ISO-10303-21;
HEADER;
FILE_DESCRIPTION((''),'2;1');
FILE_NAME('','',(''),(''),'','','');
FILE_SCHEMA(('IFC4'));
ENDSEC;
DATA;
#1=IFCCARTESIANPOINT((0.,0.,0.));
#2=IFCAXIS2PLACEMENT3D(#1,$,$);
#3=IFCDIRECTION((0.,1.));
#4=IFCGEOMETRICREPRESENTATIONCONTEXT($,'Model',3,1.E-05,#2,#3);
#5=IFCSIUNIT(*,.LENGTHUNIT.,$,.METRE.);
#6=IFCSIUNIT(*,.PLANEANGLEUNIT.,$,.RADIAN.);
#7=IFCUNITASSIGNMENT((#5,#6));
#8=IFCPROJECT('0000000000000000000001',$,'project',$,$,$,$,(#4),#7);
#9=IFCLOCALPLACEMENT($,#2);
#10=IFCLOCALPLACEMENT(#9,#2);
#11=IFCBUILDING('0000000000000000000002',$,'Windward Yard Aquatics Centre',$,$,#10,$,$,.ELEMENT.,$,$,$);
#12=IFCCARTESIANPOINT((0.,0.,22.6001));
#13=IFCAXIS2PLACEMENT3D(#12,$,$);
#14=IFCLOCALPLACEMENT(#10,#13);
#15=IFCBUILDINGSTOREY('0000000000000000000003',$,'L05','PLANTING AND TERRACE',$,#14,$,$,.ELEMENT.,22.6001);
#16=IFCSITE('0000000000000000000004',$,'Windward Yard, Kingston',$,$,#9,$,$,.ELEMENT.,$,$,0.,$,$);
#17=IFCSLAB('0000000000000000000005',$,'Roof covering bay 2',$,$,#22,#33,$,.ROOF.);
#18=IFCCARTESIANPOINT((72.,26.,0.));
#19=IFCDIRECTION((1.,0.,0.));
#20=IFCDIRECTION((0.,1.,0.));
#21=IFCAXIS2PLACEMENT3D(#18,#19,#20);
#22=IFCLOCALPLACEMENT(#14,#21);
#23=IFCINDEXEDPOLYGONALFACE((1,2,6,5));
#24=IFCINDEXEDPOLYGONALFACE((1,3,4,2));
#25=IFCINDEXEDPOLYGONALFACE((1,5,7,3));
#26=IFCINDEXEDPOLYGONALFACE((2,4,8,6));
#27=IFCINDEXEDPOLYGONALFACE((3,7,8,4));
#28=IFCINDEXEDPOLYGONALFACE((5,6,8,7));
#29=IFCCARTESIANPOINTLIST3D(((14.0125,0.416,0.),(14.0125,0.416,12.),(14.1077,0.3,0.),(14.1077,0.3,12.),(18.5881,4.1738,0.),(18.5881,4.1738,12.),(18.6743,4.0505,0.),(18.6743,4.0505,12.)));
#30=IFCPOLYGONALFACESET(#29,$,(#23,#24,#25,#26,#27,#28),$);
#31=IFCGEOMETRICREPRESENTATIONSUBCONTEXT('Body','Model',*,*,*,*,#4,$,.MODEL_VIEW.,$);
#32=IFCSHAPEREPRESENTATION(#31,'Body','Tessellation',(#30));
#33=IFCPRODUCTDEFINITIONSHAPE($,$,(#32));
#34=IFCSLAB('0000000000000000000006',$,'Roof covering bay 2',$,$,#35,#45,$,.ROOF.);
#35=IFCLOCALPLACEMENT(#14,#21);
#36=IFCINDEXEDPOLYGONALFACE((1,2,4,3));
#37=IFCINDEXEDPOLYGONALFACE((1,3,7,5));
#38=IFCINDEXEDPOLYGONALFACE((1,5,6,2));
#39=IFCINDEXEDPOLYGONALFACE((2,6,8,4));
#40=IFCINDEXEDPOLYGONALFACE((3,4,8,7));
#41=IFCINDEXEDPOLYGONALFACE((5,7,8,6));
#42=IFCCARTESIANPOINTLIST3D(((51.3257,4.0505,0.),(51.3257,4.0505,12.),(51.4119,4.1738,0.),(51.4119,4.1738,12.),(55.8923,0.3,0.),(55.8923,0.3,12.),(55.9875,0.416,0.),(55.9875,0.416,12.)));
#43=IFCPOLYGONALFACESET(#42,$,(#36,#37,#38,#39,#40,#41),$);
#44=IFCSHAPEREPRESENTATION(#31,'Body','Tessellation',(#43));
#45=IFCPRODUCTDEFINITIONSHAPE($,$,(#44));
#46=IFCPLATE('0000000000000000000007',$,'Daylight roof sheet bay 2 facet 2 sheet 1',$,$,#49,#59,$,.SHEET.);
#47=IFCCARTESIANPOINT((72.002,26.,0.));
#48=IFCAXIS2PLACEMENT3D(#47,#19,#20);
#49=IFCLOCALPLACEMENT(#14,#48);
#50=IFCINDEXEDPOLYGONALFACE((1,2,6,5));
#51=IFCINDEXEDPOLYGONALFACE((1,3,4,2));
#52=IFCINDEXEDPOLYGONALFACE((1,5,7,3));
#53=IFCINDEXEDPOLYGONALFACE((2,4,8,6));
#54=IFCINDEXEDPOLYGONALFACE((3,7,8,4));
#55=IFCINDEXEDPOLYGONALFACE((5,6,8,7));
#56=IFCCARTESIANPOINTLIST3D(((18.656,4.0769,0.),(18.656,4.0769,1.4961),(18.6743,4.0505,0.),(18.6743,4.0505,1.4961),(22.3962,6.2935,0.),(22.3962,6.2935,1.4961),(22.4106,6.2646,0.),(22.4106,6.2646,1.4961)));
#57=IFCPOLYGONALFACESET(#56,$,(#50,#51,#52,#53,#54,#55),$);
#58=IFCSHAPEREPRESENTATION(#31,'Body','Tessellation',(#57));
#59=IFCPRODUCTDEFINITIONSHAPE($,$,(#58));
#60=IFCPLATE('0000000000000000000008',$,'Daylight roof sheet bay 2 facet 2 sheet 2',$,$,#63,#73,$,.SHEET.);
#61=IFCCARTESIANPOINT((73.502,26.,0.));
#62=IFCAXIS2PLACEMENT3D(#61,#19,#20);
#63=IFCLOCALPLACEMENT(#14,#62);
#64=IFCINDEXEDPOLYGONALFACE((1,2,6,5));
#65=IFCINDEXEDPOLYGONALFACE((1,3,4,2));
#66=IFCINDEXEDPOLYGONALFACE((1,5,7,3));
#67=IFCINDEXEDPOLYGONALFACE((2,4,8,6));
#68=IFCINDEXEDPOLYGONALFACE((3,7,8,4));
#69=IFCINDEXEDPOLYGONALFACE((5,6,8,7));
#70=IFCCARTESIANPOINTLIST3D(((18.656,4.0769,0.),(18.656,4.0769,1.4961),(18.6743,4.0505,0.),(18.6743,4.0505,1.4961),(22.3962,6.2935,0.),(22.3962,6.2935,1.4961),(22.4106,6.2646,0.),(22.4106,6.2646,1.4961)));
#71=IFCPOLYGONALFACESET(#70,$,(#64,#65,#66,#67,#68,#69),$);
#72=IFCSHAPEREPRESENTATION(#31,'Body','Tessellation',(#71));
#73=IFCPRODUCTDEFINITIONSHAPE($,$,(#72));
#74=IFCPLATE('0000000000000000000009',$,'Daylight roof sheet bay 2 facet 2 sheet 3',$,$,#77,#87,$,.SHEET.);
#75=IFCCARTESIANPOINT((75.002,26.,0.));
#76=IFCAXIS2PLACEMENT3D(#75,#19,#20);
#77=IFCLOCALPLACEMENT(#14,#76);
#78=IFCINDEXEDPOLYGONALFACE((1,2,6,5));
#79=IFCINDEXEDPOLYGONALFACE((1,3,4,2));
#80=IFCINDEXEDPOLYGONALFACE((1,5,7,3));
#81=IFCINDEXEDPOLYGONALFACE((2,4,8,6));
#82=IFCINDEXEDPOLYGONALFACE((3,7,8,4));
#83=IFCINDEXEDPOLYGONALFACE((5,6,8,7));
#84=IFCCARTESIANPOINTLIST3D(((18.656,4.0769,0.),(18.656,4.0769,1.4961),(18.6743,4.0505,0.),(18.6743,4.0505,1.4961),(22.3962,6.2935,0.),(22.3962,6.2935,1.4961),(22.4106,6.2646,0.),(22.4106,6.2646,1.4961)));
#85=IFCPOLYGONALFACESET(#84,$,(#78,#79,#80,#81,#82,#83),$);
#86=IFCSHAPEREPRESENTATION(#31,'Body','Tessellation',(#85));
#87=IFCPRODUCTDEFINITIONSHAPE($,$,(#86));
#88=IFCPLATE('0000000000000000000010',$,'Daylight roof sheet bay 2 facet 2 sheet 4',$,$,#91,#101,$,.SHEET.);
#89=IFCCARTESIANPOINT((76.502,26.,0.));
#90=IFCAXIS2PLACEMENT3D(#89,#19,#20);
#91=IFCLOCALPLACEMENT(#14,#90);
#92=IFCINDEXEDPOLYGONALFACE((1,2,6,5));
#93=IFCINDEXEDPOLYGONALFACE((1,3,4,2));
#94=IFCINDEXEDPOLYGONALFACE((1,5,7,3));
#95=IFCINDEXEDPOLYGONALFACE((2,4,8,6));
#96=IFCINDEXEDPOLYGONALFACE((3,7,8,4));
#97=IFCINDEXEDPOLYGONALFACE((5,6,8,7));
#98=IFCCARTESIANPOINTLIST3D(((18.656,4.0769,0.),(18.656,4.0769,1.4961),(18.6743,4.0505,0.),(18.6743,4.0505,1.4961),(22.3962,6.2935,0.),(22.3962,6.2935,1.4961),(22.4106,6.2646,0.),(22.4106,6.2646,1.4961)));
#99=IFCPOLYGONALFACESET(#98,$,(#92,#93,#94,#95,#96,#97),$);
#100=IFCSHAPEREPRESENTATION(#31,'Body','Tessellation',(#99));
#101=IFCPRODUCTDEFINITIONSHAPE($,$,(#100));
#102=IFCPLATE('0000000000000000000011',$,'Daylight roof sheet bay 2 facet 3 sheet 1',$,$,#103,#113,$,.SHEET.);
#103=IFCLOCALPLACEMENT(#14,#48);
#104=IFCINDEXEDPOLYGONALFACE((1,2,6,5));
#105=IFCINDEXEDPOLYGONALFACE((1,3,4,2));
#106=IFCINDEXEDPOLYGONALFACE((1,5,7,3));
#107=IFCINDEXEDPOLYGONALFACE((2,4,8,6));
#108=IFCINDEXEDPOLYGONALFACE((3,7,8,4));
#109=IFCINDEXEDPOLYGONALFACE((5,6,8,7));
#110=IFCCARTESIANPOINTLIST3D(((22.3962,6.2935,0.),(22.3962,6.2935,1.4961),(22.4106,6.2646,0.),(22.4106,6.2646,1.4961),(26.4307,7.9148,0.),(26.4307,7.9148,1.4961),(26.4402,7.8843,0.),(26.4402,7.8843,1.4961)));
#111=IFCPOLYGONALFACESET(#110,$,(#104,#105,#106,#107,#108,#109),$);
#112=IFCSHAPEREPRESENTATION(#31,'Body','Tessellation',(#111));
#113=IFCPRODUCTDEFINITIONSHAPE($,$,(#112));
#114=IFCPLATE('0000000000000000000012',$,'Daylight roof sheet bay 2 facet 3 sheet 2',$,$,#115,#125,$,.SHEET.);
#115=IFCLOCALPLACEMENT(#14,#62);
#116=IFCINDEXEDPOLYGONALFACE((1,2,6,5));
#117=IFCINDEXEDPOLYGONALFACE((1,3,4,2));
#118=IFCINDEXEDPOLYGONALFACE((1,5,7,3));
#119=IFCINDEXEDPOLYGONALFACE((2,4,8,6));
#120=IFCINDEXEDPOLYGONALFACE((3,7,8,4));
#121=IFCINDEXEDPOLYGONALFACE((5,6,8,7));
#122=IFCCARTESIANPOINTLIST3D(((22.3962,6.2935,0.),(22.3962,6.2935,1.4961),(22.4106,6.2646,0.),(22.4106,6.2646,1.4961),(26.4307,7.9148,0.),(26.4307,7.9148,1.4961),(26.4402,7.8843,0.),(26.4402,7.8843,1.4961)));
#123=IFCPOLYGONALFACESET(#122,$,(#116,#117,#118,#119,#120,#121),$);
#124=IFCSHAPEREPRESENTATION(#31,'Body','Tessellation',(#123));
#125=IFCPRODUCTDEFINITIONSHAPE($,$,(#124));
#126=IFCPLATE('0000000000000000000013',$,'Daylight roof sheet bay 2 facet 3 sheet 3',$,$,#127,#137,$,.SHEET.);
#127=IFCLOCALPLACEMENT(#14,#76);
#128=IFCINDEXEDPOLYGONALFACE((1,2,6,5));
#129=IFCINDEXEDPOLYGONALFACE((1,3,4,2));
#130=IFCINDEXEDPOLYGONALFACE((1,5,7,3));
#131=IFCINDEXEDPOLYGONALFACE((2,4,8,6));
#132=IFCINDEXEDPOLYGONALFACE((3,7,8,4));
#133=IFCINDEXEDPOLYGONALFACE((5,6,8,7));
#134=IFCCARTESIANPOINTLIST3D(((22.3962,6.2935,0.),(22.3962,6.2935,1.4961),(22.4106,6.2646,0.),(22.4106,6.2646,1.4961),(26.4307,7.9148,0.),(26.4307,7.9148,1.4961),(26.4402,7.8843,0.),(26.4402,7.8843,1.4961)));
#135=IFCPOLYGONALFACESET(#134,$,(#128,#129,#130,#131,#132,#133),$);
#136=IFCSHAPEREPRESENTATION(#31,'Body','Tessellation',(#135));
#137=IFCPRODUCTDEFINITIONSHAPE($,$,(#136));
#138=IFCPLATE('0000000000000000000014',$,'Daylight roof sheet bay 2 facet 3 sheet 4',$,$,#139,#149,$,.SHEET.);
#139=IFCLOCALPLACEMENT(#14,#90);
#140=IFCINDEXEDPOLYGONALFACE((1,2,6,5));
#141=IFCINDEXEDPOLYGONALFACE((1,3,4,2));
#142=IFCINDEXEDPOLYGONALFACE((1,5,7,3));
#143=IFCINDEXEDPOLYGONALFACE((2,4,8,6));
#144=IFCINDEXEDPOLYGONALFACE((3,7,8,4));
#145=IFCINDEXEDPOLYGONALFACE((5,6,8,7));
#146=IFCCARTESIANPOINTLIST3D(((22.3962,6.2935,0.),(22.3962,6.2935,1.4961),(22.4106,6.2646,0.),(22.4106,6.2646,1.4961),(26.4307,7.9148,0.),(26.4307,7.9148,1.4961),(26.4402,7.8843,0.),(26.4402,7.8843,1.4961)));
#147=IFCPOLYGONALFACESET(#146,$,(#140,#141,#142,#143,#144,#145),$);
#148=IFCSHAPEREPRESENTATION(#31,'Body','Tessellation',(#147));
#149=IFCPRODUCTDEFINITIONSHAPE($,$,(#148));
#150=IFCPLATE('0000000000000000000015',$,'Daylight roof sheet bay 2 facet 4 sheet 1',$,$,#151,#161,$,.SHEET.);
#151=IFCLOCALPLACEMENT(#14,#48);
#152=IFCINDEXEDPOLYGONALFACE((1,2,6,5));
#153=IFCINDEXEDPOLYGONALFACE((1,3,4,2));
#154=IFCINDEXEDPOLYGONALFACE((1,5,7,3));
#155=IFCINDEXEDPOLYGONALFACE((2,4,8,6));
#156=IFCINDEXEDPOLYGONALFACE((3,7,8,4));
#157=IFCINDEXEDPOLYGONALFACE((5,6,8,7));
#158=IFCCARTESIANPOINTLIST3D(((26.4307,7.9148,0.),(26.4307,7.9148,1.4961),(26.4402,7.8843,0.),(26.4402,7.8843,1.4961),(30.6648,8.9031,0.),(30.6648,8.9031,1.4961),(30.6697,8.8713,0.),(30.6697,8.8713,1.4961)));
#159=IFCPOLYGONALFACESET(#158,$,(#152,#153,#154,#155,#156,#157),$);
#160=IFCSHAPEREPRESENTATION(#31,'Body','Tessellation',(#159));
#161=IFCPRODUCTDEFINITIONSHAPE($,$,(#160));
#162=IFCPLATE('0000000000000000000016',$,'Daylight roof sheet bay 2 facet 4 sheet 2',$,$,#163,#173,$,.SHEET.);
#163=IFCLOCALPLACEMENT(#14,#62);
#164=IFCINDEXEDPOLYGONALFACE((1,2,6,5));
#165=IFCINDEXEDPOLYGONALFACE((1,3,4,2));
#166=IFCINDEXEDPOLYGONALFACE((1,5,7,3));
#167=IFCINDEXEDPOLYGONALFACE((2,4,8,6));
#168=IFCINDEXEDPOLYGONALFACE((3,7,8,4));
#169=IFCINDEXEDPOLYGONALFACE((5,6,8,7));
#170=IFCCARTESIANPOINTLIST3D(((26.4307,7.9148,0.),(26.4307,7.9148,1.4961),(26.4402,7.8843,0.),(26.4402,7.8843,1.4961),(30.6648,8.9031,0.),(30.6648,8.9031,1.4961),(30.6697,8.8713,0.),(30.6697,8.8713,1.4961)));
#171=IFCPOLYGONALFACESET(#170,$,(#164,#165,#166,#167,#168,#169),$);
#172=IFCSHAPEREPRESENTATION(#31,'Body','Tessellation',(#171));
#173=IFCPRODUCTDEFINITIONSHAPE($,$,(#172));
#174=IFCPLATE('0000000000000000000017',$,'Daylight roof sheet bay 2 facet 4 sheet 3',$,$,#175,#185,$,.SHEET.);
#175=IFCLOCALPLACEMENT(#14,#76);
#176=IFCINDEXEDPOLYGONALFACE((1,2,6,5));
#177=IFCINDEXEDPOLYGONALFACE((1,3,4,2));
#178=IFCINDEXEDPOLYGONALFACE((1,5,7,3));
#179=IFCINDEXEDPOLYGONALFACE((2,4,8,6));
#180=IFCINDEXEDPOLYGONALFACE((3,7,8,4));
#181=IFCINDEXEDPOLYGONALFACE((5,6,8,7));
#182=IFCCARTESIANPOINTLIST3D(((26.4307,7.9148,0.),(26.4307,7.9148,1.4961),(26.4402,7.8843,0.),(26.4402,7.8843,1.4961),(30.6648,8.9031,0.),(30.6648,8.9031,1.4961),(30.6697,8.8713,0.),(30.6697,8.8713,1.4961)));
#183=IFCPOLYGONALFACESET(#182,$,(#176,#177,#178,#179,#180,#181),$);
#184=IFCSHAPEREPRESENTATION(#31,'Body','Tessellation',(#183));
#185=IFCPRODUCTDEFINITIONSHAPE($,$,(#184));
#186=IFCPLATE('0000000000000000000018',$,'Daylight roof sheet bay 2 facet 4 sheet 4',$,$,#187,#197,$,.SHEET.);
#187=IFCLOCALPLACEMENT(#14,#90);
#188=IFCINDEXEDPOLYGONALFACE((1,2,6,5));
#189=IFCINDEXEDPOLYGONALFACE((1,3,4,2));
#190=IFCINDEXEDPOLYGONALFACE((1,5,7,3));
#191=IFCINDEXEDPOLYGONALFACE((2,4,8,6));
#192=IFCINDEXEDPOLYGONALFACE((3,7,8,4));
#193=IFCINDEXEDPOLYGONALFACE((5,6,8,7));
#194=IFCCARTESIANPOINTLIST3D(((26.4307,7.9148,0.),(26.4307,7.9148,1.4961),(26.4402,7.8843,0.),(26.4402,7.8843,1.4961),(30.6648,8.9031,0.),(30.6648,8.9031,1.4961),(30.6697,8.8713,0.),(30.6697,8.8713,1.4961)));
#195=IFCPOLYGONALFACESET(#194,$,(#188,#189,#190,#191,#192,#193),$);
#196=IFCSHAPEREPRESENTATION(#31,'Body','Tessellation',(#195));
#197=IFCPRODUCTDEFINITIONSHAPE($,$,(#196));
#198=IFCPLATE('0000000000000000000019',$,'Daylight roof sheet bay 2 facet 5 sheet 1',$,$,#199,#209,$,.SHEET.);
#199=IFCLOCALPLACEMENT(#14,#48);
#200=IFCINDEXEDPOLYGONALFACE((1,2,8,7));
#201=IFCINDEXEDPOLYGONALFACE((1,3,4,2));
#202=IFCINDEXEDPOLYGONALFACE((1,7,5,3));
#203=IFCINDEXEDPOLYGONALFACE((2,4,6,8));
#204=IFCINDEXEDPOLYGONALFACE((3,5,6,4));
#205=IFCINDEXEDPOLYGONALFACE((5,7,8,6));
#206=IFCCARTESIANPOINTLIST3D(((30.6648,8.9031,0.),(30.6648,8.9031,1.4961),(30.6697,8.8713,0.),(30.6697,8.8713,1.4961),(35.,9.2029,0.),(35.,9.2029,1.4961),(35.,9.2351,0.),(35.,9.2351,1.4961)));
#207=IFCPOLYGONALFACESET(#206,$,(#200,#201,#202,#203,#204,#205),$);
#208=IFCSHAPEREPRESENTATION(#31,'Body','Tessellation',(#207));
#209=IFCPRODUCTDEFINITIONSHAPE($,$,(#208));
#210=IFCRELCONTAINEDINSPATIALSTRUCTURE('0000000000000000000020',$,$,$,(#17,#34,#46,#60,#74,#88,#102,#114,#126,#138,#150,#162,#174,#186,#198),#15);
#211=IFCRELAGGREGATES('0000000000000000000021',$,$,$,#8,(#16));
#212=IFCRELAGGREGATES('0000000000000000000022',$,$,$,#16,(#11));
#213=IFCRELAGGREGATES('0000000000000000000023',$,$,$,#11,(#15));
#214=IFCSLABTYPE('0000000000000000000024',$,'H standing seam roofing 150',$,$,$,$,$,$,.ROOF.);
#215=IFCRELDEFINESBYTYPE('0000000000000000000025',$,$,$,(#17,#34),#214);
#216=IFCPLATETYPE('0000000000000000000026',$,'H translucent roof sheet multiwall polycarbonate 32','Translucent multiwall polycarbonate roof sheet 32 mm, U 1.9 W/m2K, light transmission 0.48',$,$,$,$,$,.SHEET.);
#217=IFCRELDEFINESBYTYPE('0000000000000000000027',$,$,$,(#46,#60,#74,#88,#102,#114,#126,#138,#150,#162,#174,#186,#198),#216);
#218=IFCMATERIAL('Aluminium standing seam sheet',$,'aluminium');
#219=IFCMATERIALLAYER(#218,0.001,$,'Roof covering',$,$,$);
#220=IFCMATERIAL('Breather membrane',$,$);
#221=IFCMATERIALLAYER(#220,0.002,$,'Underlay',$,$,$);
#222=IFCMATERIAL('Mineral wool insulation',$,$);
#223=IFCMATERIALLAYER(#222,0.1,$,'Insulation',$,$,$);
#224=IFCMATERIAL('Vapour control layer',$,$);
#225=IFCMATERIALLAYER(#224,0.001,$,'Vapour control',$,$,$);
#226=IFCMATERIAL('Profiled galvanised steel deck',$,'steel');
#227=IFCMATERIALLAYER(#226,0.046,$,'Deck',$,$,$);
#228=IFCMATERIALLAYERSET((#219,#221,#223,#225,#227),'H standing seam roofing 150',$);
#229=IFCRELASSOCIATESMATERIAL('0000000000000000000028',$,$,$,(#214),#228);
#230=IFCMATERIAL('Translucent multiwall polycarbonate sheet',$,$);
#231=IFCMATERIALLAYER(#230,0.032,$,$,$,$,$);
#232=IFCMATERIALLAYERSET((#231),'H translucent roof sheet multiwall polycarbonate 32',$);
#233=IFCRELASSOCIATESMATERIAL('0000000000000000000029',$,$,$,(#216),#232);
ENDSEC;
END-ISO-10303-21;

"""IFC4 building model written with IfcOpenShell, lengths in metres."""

from ifc_helpers import new_model, si_unit, direction, frame, origin, place, context, subcontext, project, spatial, polyline, outline, extrude, material, layer, layer_set, type_object, element, save


model = new_model("IFC4")

# Units and contexts
model_context = context("Model", 3, precision=1e-05, world=origin(), true_north=direction((0.0, 1.0)))
body_context = subcontext(model_context, "Body", "Model", "MODEL_VIEW")
ifc_project = project(units=[si_unit("LENGTHUNIT", "METRE"), si_unit("PLANEANGLEUNIT", "RADIAN")], contexts=[model_context])

# Site, building, storey
site_placement = place(None, origin())
site = spatial("IfcSite", under=ifc_project, at=site_placement, Name="Windward Yard, Kingston", CompositionType="ELEMENT", RefElevation=0.0)
building_placement = place(site_placement, origin())
building = spatial("IfcBuilding", under=site, at=building_placement, Name="Windward Yard Aquatics Centre", CompositionType="ELEMENT")
storey_placement = place(building_placement, frame((0.0, 0.0, 22.6001)))
storey = spatial("IfcBuildingStorey", under=building, at=storey_placement, Name="L05", Description="PLANTING AND TERRACE", CompositionType="ELEMENT", Elevation=22.6001)

# Slabs
ifc_material_1 = material(Name="Aluminium standing seam sheet", Category="aluminium")
ifc_layer_1 = layer(ifc_material_1, 0.001, Name="Roof covering")
ifc_material_2 = material(Name="Breather membrane")
ifc_layer_2 = layer(ifc_material_2, 0.002, Name="Underlay")
ifc_material_3 = material(Name="Mineral wool insulation")
ifc_layer_3 = layer(ifc_material_3, 0.1, Name="Insulation")
ifc_material_4 = material(Name="Vapour control layer")
ifc_layer_4 = layer(ifc_material_4, 0.001, Name="Vapour control")
ifc_material_5 = material(Name="Profiled galvanised steel deck", Category="steel")
ifc_layer_5 = layer(ifc_material_5, 0.046, Name="Deck")
ifc_layer_set_1 = layer_set([ifc_layer_1, ifc_layer_2, ifc_layer_3, ifc_layer_4, ifc_layer_5], Name="H standing seam roofing 150")
slab_type = type_object("IfcSlabType", Name="H standing seam roofing 150", PredefinedType="ROOF", material=ifc_layer_set_1)
slab_1_placement = place(storey_placement, frame((72.0, 26.0, 0.0), z_axis=(1.0, 0.0, 0.0), x_axis=(0.0, 1.0, 0.0)))
element("IfcSlab", 1, at=slab_1_placement, inside=storey, type_object=slab_type, Name="Roof covering bay 2", PredefinedType="ROOF", context=body_context, shape_type="SweptSolid", body=[
    extrude(outline(polyline([(14.1077, 0.3), (18.6743, 4.0505), (18.5881, 4.1738), (14.0125, 0.416), (14.1077, 0.3)])), origin(), (0.0, 0.0, 1.0), 12.0),
])
slab_2_placement = place(storey_placement, frame((72.0, 26.0, 0.0), z_axis=(1.0, 0.0, 0.0), x_axis=(0.0, 1.0, 0.0)))
element("IfcSlab", 2, at=slab_2_placement, inside=storey, type_object=slab_type, Name="Roof covering bay 2", PredefinedType="ROOF", context=body_context, shape_type="SweptSolid", body=[
    extrude(outline(polyline([(51.3257, 4.0505), (55.8923, 0.3), (55.9875, 0.416), (51.4119, 4.1738), (51.3257, 4.0505)])), origin(), (0.0, 0.0, 1.0), 12.0),
])

# Plates
ifc_material_6 = material(Name="Translucent multiwall polycarbonate sheet")
ifc_layer_6 = layer(ifc_material_6, 0.032)
ifc_layer_set_2 = layer_set([ifc_layer_6], Name="H translucent roof sheet multiwall polycarbonate 32")
plate_type = type_object("IfcPlateType", Name="H translucent roof sheet multiwall polycarbonate 32", Description="Translucent multiwall polycarbonate roof sheet 32 mm, U 1.9 W/m2K, light transmission 0.48", PredefinedType="SHEET", material=ifc_layer_set_2)
for number, where, z_axis, x_axis, name in (
    (3, (72.002, 26.0, 0.0), (1.0, 0.0, 0.0), (0.0, 1.0, 0.0), "Daylight roof sheet bay 2 facet 2 sheet 1"),
    (4, (73.502, 26.0, 0.0), (1.0, 0.0, 0.0), (0.0, 1.0, 0.0), "Daylight roof sheet bay 2 facet 2 sheet 2"),
    (5, (75.002, 26.0, 0.0), (1.0, 0.0, 0.0), (0.0, 1.0, 0.0), "Daylight roof sheet bay 2 facet 2 sheet 3"),
    (6, (76.502, 26.0, 0.0), (1.0, 0.0, 0.0), (0.0, 1.0, 0.0), "Daylight roof sheet bay 2 facet 2 sheet 4"),
):
    element("IfcPlate", number, at=place(storey_placement, frame(where, z_axis=z_axis, x_axis=x_axis)), inside=storey, type_object=plate_type, Name=name, PredefinedType="SHEET", context=body_context, shape_type="SweptSolid", body=[
        extrude(outline(polyline([(18.6743, 4.0505), (22.4106, 6.2646), (22.3962, 6.2935), (18.656, 4.0769), (18.6743, 4.0505)])), origin(), (0.0, 0.0, 1.0), 1.4961),
    ])
for number, where, z_axis, x_axis, name in (
    (7, (72.002, 26.0, 0.0), (1.0, 0.0, 0.0), (0.0, 1.0, 0.0), "Daylight roof sheet bay 2 facet 3 sheet 1"),
    (8, (73.502, 26.0, 0.0), (1.0, 0.0, 0.0), (0.0, 1.0, 0.0), "Daylight roof sheet bay 2 facet 3 sheet 2"),
    (9, (75.002, 26.0, 0.0), (1.0, 0.0, 0.0), (0.0, 1.0, 0.0), "Daylight roof sheet bay 2 facet 3 sheet 3"),
    (10, (76.502, 26.0, 0.0), (1.0, 0.0, 0.0), (0.0, 1.0, 0.0), "Daylight roof sheet bay 2 facet 3 sheet 4"),
):
    element("IfcPlate", number, at=place(storey_placement, frame(where, z_axis=z_axis, x_axis=x_axis)), inside=storey, type_object=plate_type, Name=name, PredefinedType="SHEET", context=body_context, shape_type="SweptSolid", body=[
        extrude(outline(polyline([(22.4106, 6.2646), (26.4402, 7.8843), (26.4307, 7.9148), (22.3962, 6.2935), (22.4106, 6.2646)])), origin(), (0.0, 0.0, 1.0), 1.4961),
    ])
for number, where, z_axis, x_axis, name in (
    (11, (72.002, 26.0, 0.0), (1.0, 0.0, 0.0), (0.0, 1.0, 0.0), "Daylight roof sheet bay 2 facet 4 sheet 1"),
    (12, (73.502, 26.0, 0.0), (1.0, 0.0, 0.0), (0.0, 1.0, 0.0), "Daylight roof sheet bay 2 facet 4 sheet 2"),
    (13, (75.002, 26.0, 0.0), (1.0, 0.0, 0.0), (0.0, 1.0, 0.0), "Daylight roof sheet bay 2 facet 4 sheet 3"),
    (14, (76.502, 26.0, 0.0), (1.0, 0.0, 0.0), (0.0, 1.0, 0.0), "Daylight roof sheet bay 2 facet 4 sheet 4"),
):
    element("IfcPlate", number, at=place(storey_placement, frame(where, z_axis=z_axis, x_axis=x_axis)), inside=storey, type_object=plate_type, Name=name, PredefinedType="SHEET", context=body_context, shape_type="SweptSolid", body=[
        extrude(outline(polyline([(26.4402, 7.8843), (30.6697, 8.8713), (30.6648, 8.9031), (26.4307, 7.9148), (26.4402, 7.8843)])), origin(), (0.0, 0.0, 1.0), 1.4961),
    ])
for number, where, z_axis, x_axis, name in (
    (15, (72.002, 26.0, 0.0), (1.0, 0.0, 0.0), (0.0, 1.0, 0.0), "Daylight roof sheet bay 2 facet 5 sheet 1"),
):
    element("IfcPlate", number, at=place(storey_placement, frame(where, z_axis=z_axis, x_axis=x_axis)), inside=storey, type_object=plate_type, Name=name, PredefinedType="SHEET", context=body_context, shape_type="SweptSolid", body=[
        extrude(outline(polyline([(30.6697, 8.8713), (35.0, 9.2029), (35.0, 9.2351), (30.6648, 8.9031), (30.6697, 8.8713)])), origin(), (0.0, 0.0, 1.0), 1.4961),
    ])

save(model, "model.ifc")
